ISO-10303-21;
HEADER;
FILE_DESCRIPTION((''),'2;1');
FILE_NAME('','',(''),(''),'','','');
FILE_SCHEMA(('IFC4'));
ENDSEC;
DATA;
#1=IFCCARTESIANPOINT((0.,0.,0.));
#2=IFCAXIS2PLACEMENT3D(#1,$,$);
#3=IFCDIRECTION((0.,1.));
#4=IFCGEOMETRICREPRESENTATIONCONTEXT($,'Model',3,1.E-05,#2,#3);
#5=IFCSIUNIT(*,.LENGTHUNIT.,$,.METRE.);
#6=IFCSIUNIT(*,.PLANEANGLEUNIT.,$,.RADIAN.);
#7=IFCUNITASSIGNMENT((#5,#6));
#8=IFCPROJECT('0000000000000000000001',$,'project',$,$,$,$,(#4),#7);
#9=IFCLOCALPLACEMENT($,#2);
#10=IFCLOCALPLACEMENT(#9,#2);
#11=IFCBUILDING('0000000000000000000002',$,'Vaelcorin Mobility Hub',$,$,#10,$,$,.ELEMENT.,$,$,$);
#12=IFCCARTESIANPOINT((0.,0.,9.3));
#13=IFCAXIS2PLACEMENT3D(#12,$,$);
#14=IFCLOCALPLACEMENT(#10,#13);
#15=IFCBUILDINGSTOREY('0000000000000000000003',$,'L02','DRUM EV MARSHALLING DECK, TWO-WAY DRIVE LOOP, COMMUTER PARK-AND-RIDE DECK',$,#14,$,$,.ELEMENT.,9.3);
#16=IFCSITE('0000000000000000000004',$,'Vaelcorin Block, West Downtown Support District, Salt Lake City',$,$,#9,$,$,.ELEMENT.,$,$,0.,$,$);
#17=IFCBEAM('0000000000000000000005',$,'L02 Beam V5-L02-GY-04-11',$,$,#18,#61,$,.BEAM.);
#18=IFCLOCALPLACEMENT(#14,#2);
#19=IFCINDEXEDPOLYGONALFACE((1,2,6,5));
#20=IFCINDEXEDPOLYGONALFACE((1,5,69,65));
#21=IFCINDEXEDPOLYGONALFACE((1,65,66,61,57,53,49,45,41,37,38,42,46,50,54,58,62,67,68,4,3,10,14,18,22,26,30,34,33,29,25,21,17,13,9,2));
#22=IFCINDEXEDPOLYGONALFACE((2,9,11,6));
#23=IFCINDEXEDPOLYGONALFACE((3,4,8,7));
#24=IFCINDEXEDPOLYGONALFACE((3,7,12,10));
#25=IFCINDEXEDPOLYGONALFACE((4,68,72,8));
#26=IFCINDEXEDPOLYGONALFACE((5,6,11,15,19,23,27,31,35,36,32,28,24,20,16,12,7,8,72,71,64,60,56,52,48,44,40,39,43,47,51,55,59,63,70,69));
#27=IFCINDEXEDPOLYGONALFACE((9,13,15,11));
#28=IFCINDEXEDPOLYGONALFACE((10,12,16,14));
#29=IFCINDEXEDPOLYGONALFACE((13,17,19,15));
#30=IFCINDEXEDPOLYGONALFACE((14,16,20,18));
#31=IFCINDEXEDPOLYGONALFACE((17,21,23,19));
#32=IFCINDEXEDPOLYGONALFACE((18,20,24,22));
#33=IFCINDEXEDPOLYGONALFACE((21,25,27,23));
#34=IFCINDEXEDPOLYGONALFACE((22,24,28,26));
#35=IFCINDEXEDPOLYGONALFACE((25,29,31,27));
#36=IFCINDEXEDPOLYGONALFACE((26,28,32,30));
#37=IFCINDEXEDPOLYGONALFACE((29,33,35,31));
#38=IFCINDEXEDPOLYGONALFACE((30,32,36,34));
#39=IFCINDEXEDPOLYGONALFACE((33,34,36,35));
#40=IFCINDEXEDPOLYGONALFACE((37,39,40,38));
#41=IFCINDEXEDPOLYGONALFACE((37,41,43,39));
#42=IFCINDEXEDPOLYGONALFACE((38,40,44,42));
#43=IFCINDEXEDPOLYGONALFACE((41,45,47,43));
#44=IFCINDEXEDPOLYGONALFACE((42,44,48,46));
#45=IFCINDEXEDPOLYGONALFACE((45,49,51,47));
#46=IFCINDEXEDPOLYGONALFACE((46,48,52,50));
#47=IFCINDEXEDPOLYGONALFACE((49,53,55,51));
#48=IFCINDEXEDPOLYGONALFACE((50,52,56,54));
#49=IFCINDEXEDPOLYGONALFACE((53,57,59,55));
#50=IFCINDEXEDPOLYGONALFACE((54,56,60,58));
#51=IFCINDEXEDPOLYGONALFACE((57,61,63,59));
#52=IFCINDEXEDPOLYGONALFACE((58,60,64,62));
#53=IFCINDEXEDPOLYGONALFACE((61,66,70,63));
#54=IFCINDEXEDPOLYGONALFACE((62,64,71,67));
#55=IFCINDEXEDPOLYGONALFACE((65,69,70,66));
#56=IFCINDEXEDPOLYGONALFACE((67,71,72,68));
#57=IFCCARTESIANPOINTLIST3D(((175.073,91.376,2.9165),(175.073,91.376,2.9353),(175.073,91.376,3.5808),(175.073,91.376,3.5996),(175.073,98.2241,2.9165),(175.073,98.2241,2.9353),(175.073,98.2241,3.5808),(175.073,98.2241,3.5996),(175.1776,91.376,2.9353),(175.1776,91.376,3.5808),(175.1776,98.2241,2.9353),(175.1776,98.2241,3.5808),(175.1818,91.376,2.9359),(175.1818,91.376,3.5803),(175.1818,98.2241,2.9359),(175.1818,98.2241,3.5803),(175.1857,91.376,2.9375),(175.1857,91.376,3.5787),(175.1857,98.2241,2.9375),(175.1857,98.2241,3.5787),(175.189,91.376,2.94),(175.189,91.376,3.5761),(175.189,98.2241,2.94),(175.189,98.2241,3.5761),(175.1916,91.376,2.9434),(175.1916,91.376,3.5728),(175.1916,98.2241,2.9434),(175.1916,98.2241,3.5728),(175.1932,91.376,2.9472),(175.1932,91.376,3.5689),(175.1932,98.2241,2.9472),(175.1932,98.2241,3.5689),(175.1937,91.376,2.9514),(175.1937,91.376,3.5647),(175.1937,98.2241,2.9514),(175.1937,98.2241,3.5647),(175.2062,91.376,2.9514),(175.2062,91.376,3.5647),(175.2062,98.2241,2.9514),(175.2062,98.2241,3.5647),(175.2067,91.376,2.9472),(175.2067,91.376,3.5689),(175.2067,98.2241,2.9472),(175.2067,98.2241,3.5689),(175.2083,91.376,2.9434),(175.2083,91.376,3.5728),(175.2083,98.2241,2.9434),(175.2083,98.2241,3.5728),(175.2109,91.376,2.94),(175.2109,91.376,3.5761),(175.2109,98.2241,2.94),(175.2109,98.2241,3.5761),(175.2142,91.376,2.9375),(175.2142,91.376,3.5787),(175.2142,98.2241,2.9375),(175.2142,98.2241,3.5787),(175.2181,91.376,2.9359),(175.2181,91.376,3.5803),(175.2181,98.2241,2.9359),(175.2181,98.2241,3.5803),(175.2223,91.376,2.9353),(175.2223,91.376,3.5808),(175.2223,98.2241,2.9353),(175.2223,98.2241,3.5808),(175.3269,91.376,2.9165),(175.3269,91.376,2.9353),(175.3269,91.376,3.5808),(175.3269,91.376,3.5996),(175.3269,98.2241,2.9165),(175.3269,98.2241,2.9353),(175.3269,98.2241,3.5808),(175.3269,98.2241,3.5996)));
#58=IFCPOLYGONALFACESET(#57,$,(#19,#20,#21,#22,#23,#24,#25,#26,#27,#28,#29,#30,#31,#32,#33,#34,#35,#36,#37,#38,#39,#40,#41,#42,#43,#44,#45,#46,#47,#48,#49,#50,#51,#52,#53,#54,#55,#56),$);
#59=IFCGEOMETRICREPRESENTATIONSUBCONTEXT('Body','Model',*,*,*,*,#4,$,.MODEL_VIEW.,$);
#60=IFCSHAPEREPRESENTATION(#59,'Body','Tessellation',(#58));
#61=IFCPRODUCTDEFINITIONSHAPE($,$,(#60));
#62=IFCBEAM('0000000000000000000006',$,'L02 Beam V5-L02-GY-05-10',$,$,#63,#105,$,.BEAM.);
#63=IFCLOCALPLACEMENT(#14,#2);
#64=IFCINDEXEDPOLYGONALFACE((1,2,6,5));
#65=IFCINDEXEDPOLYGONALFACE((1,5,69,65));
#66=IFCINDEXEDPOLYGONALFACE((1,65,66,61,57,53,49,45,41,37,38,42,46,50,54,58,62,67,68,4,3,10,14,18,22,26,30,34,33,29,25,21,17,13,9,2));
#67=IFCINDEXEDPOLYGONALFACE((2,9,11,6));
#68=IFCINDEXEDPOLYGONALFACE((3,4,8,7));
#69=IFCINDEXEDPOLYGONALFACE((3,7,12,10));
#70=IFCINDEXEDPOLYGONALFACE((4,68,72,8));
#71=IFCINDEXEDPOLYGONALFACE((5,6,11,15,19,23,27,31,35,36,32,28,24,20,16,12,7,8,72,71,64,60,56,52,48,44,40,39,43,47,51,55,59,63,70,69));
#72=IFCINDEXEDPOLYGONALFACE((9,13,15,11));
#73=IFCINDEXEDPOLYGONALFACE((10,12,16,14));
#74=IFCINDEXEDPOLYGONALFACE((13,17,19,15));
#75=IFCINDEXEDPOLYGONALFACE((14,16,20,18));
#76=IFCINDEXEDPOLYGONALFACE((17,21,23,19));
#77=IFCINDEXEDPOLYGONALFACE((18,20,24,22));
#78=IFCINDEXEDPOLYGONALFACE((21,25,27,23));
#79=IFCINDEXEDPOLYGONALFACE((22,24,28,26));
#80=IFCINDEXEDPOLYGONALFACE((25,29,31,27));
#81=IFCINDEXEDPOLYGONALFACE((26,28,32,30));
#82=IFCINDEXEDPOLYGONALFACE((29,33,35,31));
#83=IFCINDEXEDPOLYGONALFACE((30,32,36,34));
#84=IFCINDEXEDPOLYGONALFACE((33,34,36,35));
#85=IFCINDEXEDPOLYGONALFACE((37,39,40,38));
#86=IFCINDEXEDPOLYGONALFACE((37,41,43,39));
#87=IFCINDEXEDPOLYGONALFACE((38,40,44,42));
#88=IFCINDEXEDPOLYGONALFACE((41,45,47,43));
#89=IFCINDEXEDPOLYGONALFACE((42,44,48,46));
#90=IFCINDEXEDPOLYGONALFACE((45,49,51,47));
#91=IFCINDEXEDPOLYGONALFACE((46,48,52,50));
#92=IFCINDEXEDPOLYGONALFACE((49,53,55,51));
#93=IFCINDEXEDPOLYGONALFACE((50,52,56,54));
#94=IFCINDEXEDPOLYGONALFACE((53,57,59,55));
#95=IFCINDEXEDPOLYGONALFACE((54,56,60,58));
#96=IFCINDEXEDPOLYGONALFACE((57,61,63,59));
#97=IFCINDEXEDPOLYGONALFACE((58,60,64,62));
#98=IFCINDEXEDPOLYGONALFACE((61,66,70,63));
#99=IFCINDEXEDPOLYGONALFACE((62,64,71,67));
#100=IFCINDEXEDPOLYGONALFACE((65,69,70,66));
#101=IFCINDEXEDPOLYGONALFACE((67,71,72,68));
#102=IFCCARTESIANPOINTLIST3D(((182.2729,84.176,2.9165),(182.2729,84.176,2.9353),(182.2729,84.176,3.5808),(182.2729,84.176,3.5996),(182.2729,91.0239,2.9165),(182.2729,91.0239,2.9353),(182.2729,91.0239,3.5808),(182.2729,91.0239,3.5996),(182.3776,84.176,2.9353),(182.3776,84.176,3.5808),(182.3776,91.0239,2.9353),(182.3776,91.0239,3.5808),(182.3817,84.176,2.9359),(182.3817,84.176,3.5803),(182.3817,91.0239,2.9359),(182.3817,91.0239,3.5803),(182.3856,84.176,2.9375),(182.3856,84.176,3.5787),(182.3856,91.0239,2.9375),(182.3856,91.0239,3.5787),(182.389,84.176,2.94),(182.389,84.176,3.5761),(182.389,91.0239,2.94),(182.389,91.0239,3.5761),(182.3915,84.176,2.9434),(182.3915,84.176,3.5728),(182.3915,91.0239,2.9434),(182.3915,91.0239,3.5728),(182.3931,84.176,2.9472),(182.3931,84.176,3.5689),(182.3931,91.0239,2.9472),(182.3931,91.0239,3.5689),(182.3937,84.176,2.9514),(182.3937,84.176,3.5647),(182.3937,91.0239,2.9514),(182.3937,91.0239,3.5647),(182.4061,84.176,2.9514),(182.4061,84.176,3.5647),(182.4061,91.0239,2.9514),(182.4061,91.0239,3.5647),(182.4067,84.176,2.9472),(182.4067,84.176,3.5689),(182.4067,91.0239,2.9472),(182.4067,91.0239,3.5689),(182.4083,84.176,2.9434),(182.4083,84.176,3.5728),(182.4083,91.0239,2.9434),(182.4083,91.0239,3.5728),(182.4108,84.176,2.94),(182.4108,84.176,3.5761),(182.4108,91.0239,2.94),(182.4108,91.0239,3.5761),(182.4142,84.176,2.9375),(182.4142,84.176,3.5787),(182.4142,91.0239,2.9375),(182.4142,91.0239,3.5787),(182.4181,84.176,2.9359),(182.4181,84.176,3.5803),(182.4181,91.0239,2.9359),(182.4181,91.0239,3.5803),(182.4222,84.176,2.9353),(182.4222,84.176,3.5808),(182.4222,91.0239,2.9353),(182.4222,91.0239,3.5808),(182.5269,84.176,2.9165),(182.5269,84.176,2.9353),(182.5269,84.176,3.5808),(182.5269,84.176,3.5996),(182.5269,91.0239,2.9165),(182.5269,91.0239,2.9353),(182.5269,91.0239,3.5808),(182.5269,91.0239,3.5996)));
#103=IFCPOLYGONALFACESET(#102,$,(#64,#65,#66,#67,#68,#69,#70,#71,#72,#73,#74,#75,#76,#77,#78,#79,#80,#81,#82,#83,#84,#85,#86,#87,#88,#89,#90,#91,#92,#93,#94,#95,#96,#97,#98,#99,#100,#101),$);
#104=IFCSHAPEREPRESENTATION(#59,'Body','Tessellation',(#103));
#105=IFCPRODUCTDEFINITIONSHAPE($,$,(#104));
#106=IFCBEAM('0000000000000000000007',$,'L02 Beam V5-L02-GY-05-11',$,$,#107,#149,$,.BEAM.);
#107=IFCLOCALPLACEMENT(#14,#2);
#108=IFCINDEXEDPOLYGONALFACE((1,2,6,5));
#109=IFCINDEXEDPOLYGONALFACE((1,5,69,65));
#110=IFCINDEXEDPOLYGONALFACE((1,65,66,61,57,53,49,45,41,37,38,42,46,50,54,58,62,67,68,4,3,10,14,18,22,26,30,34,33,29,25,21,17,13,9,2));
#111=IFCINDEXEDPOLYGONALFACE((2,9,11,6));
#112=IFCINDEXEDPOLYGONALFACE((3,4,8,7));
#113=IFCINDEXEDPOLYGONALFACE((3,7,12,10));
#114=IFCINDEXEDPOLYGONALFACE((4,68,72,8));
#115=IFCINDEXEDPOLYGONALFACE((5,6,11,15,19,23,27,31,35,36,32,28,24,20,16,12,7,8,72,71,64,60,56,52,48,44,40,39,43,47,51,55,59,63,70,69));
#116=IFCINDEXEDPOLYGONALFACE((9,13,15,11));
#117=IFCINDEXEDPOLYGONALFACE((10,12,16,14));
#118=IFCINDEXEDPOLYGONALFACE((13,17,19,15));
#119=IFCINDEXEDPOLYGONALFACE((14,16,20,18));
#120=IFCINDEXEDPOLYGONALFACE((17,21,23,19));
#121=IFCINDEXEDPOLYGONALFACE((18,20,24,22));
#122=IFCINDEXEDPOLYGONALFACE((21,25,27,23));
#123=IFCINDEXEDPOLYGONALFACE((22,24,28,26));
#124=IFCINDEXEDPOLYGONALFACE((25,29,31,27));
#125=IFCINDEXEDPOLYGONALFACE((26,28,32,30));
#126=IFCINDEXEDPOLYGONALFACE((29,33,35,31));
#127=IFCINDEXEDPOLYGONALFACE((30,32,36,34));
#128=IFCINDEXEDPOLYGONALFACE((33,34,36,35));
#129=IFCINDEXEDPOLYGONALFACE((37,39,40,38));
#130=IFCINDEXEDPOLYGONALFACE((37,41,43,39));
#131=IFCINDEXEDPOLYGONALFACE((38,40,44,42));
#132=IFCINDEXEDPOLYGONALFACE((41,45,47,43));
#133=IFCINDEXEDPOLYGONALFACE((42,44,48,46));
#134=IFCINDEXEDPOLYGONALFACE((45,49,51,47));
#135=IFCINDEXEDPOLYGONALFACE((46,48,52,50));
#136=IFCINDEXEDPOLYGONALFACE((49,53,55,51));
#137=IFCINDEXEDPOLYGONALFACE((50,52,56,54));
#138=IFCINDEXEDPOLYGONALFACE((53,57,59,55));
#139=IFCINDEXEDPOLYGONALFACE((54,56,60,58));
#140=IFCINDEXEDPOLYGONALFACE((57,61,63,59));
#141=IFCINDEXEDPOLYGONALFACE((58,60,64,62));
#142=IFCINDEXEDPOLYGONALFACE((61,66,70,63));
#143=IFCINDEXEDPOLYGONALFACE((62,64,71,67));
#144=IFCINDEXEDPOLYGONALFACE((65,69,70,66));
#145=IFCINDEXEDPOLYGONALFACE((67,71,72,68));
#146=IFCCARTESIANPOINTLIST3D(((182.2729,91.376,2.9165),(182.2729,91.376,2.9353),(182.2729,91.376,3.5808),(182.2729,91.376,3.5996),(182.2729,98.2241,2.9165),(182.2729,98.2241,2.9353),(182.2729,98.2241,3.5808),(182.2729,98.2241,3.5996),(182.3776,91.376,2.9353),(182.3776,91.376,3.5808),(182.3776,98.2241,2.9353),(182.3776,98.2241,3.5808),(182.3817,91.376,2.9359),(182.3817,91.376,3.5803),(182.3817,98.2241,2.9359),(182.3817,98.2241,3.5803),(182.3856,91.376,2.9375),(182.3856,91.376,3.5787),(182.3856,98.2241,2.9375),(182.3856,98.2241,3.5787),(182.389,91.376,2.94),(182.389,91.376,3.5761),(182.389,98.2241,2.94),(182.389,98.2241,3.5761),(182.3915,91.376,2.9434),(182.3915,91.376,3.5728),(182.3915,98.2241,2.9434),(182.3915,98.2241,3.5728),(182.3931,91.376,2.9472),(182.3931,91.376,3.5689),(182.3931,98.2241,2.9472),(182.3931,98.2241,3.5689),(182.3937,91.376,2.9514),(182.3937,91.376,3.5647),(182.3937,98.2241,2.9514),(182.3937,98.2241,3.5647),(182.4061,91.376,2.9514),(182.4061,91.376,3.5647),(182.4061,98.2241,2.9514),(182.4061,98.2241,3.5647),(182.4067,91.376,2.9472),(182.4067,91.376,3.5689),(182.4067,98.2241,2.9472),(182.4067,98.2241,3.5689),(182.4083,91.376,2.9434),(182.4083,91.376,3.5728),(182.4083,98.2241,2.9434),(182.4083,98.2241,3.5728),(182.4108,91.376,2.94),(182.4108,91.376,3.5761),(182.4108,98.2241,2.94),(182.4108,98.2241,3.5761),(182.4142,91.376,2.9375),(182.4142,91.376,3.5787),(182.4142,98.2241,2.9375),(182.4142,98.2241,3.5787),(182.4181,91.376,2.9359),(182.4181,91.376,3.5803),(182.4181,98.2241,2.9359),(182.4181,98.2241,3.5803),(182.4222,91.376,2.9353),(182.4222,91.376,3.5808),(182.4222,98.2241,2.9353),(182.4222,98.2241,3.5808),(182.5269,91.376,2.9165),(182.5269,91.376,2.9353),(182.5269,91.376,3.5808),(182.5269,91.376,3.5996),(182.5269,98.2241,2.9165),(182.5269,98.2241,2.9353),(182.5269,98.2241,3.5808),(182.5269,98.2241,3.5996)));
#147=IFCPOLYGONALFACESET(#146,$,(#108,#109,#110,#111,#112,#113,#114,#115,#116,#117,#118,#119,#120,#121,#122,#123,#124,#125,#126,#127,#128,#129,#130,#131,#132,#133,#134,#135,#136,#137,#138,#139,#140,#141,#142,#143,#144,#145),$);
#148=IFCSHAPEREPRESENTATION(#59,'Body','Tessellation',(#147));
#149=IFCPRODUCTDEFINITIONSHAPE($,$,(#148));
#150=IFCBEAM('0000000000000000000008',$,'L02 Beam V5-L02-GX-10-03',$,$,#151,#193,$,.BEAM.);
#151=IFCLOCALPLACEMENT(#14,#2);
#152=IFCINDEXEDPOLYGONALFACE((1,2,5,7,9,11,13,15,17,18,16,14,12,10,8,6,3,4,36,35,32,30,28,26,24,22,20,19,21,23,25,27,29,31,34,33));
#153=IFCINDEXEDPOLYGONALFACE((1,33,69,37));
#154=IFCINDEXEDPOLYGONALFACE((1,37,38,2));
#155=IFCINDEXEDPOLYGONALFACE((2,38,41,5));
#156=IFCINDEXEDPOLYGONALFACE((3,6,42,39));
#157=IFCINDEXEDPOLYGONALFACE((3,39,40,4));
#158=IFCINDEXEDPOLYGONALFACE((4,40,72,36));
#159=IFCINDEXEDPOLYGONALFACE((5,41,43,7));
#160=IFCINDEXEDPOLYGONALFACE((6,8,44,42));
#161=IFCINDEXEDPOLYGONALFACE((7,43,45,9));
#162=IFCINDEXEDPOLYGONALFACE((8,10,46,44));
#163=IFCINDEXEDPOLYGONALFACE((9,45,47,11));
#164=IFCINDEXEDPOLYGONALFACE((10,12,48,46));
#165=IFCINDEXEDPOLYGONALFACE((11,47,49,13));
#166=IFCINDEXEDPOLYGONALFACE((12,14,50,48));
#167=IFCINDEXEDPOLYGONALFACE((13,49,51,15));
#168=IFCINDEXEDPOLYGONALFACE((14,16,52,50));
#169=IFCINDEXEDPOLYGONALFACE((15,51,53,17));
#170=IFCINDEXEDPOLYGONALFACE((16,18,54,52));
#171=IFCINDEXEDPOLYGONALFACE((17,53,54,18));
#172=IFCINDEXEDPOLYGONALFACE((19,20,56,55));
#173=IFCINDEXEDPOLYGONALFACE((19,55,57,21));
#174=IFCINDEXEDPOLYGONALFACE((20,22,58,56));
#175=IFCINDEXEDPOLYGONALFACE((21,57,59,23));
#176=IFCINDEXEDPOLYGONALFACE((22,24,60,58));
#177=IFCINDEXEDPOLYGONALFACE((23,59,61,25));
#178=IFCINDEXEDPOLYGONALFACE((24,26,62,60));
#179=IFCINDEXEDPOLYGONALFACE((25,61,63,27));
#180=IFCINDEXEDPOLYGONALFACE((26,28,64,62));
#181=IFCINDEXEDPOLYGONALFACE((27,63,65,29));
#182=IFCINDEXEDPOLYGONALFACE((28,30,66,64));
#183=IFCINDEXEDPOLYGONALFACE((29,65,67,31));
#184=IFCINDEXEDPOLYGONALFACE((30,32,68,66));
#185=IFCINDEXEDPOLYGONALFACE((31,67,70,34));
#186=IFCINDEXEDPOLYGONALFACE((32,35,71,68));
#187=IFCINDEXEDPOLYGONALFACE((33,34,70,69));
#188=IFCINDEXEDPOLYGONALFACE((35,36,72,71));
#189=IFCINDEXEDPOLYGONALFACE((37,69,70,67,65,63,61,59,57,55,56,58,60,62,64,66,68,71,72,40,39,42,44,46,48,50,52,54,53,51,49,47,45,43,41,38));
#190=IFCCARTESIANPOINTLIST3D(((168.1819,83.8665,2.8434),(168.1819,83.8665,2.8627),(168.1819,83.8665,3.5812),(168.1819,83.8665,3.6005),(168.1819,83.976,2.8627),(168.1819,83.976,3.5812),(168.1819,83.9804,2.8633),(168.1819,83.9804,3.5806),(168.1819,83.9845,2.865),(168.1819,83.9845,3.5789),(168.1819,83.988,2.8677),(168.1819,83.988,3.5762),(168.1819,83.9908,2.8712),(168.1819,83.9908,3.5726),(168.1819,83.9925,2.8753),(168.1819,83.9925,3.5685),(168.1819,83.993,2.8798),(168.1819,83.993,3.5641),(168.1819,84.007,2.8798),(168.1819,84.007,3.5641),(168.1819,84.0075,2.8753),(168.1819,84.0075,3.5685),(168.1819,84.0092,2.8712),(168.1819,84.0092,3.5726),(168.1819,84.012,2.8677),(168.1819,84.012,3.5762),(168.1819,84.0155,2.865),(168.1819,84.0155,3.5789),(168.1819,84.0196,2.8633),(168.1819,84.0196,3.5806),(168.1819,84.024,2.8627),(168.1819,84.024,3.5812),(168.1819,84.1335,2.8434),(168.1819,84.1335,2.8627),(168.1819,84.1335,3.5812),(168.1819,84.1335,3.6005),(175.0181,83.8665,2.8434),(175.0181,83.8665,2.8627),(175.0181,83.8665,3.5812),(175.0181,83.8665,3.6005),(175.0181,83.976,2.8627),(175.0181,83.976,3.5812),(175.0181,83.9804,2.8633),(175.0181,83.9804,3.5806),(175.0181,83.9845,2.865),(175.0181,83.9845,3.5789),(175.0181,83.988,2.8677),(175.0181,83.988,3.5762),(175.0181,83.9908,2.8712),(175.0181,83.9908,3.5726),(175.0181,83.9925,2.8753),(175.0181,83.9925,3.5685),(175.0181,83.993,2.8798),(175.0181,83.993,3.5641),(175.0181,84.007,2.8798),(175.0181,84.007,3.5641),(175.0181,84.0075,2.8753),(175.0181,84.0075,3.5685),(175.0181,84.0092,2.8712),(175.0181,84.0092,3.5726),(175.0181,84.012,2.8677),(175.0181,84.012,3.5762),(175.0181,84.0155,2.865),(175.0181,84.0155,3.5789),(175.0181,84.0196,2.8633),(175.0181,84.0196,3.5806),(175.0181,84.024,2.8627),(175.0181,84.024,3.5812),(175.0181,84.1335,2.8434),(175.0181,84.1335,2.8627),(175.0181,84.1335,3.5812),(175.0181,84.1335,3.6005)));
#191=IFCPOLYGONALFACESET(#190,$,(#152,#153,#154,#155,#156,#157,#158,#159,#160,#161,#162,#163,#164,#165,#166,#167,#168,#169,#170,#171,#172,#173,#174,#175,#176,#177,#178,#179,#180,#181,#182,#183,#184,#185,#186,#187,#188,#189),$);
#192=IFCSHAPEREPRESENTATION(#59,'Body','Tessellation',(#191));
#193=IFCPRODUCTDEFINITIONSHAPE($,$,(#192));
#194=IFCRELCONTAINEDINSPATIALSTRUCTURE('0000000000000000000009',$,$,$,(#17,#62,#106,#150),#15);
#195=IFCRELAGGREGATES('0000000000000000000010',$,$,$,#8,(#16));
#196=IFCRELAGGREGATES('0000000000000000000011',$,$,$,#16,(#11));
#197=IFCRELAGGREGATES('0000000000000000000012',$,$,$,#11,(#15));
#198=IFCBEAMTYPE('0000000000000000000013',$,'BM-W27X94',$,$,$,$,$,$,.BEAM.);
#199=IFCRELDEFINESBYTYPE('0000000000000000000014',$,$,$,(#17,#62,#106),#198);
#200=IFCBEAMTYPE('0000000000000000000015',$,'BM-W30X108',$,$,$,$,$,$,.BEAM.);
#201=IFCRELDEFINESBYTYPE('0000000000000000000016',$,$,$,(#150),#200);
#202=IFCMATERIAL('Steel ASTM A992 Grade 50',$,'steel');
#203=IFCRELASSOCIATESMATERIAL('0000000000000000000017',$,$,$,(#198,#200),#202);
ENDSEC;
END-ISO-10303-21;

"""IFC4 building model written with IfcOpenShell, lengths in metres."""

from ifc_helpers import new_model, si_unit, direction, frame, origin, origin_2d, place, context, subcontext, project, spatial, i_section, extrude, material, material_profile, profile_set, type_object, element, save


model = new_model("IFC4")

# Units and contexts
model_context = context("Model", 3, precision=1e-05, world=origin(), true_north=direction((0.0, 1.0)))
body_context = subcontext(model_context, "Body", "Model", "MODEL_VIEW")
ifc_project = project(units=[si_unit("LENGTHUNIT", "METRE"), si_unit("PLANEANGLEUNIT", "RADIAN")], contexts=[model_context])

# Site, building, storey
site_placement = place(None, origin())
site = spatial("IfcSite", under=ifc_project, at=site_placement, Name="Vaelcorin Block, West Downtown Support District, Salt Lake City", CompositionType="ELEMENT", RefElevation=0.0)
building_placement = place(site_placement, origin())
building = spatial("IfcBuilding", under=site, at=building_placement, Name="Vaelcorin Mobility Hub", CompositionType="ELEMENT")
storey_placement = place(building_placement, frame((0.0, 0.0, 9.3)))
storey = spatial("IfcBuildingStorey", under=building, at=storey_placement, Name="L02", Description="DRUM EV MARSHALLING DECK, TWO-WAY DRIVE LOOP, COMMUTER PARK-AND-RIDE DECK", CompositionType="ELEMENT", Elevation=9.3)

# Shared definitions
ifc_material_1 = material(Name="Steel ASTM A992 Grade 50", Category="steel")

# Beams
ifc_material_profile_1 = material_profile(ifc_material_1, i_section(OverallWidth=0.2539, OverallDepth=0.6831, WebThickness=0.0125, FlangeThickness=0.0188, FilletRadius=0.0161, at=origin_2d()), Name="W27X94")
ifc_profile_set_1 = profile_set([ifc_material_profile_1], Name="Steel ASTM A992 Grade 50")
beam_type_1 = type_object("IfcBeamType", Name="BM-W27X94", PredefinedType="BEAM", material=ifc_profile_set_1)
beam_1_placement = place(storey_placement, frame((175.2, 91.376, 3.2581), z_axis=(0.0, 1.0, 0.0), x_axis=(-1.0, 0.0, 0.0)))
element("IfcBeam", 1, at=beam_1_placement, inside=storey, type_object=beam_type_1, Name="L02 Beam V5-L02-GY-04-11", PredefinedType="BEAM", context=body_context, shape_type="SweptSolid", body=[
    extrude(i_section(OverallWidth=0.2539, OverallDepth=0.6831, WebThickness=0.0125, FlangeThickness=0.0188, FilletRadius=0.0161, at=origin_2d()), origin(), (0.0, 0.0, 1.0), 6.8481),
])
beam_2_placement = place(storey_placement, frame((182.3999, 84.176, 3.2581), z_axis=(0.0, 1.0, 0.0), x_axis=(-1.0, 0.0, 0.0)))
element("IfcBeam", 2, at=beam_2_placement, inside=storey, type_object=beam_type_1, Name="L02 Beam V5-L02-GY-05-10", PredefinedType="BEAM", context=body_context, shape_type="SweptSolid", body=[
    extrude(i_section(OverallWidth=0.2539, OverallDepth=0.6831, WebThickness=0.0125, FlangeThickness=0.0188, FilletRadius=0.0161, at=origin_2d()), origin(), (0.0, 0.0, 1.0), 6.8479),
])
beam_3_placement = place(storey_placement, frame((182.3999, 91.376, 3.2581), z_axis=(0.0, 1.0, 0.0), x_axis=(-1.0, 0.0, 0.0)))
element("IfcBeam", 3, at=beam_3_placement, inside=storey, type_object=beam_type_1, Name="L02 Beam V5-L02-GY-05-11", PredefinedType="BEAM", context=body_context, shape_type="SweptSolid", body=[
    extrude(i_section(OverallWidth=0.2539, OverallDepth=0.6831, WebThickness=0.0125, FlangeThickness=0.0188, FilletRadius=0.0161, at=origin_2d()), origin(), (0.0, 0.0, 1.0), 6.8481),
])
ifc_material_profile_2 = material_profile(ifc_material_1, i_section(OverallWidth=0.2671, OverallDepth=0.7571, WebThickness=0.0139, FlangeThickness=0.0193, FilletRadius=0.0171, at=origin_2d()), Name="W30X108")
ifc_profile_set_2 = profile_set([ifc_material_profile_2], Name="Steel ASTM A992 Grade 50")
beam_type_2 = type_object("IfcBeamType", Name="BM-W30X108", PredefinedType="BEAM", material=ifc_profile_set_2)
beam_4_placement = place(storey_placement, frame((168.1819, 84.0, 3.2219), z_axis=(1.0, 0.0, 0.0), x_axis=(0.0, 1.0, 0.0)))
element("IfcBeam", 4, at=beam_4_placement, inside=storey, type_object=beam_type_2, Name="L02 Beam V5-L02-GX-10-03", PredefinedType="BEAM", context=body_context, shape_type="SweptSolid", body=[
    extrude(i_section(OverallWidth=0.2671, OverallDepth=0.7571, WebThickness=0.0139, FlangeThickness=0.0193, FilletRadius=0.0171, at=origin_2d()), origin(), (0.0, 0.0, 1.0), 6.8362),
])

save(model, "model.ifc")
